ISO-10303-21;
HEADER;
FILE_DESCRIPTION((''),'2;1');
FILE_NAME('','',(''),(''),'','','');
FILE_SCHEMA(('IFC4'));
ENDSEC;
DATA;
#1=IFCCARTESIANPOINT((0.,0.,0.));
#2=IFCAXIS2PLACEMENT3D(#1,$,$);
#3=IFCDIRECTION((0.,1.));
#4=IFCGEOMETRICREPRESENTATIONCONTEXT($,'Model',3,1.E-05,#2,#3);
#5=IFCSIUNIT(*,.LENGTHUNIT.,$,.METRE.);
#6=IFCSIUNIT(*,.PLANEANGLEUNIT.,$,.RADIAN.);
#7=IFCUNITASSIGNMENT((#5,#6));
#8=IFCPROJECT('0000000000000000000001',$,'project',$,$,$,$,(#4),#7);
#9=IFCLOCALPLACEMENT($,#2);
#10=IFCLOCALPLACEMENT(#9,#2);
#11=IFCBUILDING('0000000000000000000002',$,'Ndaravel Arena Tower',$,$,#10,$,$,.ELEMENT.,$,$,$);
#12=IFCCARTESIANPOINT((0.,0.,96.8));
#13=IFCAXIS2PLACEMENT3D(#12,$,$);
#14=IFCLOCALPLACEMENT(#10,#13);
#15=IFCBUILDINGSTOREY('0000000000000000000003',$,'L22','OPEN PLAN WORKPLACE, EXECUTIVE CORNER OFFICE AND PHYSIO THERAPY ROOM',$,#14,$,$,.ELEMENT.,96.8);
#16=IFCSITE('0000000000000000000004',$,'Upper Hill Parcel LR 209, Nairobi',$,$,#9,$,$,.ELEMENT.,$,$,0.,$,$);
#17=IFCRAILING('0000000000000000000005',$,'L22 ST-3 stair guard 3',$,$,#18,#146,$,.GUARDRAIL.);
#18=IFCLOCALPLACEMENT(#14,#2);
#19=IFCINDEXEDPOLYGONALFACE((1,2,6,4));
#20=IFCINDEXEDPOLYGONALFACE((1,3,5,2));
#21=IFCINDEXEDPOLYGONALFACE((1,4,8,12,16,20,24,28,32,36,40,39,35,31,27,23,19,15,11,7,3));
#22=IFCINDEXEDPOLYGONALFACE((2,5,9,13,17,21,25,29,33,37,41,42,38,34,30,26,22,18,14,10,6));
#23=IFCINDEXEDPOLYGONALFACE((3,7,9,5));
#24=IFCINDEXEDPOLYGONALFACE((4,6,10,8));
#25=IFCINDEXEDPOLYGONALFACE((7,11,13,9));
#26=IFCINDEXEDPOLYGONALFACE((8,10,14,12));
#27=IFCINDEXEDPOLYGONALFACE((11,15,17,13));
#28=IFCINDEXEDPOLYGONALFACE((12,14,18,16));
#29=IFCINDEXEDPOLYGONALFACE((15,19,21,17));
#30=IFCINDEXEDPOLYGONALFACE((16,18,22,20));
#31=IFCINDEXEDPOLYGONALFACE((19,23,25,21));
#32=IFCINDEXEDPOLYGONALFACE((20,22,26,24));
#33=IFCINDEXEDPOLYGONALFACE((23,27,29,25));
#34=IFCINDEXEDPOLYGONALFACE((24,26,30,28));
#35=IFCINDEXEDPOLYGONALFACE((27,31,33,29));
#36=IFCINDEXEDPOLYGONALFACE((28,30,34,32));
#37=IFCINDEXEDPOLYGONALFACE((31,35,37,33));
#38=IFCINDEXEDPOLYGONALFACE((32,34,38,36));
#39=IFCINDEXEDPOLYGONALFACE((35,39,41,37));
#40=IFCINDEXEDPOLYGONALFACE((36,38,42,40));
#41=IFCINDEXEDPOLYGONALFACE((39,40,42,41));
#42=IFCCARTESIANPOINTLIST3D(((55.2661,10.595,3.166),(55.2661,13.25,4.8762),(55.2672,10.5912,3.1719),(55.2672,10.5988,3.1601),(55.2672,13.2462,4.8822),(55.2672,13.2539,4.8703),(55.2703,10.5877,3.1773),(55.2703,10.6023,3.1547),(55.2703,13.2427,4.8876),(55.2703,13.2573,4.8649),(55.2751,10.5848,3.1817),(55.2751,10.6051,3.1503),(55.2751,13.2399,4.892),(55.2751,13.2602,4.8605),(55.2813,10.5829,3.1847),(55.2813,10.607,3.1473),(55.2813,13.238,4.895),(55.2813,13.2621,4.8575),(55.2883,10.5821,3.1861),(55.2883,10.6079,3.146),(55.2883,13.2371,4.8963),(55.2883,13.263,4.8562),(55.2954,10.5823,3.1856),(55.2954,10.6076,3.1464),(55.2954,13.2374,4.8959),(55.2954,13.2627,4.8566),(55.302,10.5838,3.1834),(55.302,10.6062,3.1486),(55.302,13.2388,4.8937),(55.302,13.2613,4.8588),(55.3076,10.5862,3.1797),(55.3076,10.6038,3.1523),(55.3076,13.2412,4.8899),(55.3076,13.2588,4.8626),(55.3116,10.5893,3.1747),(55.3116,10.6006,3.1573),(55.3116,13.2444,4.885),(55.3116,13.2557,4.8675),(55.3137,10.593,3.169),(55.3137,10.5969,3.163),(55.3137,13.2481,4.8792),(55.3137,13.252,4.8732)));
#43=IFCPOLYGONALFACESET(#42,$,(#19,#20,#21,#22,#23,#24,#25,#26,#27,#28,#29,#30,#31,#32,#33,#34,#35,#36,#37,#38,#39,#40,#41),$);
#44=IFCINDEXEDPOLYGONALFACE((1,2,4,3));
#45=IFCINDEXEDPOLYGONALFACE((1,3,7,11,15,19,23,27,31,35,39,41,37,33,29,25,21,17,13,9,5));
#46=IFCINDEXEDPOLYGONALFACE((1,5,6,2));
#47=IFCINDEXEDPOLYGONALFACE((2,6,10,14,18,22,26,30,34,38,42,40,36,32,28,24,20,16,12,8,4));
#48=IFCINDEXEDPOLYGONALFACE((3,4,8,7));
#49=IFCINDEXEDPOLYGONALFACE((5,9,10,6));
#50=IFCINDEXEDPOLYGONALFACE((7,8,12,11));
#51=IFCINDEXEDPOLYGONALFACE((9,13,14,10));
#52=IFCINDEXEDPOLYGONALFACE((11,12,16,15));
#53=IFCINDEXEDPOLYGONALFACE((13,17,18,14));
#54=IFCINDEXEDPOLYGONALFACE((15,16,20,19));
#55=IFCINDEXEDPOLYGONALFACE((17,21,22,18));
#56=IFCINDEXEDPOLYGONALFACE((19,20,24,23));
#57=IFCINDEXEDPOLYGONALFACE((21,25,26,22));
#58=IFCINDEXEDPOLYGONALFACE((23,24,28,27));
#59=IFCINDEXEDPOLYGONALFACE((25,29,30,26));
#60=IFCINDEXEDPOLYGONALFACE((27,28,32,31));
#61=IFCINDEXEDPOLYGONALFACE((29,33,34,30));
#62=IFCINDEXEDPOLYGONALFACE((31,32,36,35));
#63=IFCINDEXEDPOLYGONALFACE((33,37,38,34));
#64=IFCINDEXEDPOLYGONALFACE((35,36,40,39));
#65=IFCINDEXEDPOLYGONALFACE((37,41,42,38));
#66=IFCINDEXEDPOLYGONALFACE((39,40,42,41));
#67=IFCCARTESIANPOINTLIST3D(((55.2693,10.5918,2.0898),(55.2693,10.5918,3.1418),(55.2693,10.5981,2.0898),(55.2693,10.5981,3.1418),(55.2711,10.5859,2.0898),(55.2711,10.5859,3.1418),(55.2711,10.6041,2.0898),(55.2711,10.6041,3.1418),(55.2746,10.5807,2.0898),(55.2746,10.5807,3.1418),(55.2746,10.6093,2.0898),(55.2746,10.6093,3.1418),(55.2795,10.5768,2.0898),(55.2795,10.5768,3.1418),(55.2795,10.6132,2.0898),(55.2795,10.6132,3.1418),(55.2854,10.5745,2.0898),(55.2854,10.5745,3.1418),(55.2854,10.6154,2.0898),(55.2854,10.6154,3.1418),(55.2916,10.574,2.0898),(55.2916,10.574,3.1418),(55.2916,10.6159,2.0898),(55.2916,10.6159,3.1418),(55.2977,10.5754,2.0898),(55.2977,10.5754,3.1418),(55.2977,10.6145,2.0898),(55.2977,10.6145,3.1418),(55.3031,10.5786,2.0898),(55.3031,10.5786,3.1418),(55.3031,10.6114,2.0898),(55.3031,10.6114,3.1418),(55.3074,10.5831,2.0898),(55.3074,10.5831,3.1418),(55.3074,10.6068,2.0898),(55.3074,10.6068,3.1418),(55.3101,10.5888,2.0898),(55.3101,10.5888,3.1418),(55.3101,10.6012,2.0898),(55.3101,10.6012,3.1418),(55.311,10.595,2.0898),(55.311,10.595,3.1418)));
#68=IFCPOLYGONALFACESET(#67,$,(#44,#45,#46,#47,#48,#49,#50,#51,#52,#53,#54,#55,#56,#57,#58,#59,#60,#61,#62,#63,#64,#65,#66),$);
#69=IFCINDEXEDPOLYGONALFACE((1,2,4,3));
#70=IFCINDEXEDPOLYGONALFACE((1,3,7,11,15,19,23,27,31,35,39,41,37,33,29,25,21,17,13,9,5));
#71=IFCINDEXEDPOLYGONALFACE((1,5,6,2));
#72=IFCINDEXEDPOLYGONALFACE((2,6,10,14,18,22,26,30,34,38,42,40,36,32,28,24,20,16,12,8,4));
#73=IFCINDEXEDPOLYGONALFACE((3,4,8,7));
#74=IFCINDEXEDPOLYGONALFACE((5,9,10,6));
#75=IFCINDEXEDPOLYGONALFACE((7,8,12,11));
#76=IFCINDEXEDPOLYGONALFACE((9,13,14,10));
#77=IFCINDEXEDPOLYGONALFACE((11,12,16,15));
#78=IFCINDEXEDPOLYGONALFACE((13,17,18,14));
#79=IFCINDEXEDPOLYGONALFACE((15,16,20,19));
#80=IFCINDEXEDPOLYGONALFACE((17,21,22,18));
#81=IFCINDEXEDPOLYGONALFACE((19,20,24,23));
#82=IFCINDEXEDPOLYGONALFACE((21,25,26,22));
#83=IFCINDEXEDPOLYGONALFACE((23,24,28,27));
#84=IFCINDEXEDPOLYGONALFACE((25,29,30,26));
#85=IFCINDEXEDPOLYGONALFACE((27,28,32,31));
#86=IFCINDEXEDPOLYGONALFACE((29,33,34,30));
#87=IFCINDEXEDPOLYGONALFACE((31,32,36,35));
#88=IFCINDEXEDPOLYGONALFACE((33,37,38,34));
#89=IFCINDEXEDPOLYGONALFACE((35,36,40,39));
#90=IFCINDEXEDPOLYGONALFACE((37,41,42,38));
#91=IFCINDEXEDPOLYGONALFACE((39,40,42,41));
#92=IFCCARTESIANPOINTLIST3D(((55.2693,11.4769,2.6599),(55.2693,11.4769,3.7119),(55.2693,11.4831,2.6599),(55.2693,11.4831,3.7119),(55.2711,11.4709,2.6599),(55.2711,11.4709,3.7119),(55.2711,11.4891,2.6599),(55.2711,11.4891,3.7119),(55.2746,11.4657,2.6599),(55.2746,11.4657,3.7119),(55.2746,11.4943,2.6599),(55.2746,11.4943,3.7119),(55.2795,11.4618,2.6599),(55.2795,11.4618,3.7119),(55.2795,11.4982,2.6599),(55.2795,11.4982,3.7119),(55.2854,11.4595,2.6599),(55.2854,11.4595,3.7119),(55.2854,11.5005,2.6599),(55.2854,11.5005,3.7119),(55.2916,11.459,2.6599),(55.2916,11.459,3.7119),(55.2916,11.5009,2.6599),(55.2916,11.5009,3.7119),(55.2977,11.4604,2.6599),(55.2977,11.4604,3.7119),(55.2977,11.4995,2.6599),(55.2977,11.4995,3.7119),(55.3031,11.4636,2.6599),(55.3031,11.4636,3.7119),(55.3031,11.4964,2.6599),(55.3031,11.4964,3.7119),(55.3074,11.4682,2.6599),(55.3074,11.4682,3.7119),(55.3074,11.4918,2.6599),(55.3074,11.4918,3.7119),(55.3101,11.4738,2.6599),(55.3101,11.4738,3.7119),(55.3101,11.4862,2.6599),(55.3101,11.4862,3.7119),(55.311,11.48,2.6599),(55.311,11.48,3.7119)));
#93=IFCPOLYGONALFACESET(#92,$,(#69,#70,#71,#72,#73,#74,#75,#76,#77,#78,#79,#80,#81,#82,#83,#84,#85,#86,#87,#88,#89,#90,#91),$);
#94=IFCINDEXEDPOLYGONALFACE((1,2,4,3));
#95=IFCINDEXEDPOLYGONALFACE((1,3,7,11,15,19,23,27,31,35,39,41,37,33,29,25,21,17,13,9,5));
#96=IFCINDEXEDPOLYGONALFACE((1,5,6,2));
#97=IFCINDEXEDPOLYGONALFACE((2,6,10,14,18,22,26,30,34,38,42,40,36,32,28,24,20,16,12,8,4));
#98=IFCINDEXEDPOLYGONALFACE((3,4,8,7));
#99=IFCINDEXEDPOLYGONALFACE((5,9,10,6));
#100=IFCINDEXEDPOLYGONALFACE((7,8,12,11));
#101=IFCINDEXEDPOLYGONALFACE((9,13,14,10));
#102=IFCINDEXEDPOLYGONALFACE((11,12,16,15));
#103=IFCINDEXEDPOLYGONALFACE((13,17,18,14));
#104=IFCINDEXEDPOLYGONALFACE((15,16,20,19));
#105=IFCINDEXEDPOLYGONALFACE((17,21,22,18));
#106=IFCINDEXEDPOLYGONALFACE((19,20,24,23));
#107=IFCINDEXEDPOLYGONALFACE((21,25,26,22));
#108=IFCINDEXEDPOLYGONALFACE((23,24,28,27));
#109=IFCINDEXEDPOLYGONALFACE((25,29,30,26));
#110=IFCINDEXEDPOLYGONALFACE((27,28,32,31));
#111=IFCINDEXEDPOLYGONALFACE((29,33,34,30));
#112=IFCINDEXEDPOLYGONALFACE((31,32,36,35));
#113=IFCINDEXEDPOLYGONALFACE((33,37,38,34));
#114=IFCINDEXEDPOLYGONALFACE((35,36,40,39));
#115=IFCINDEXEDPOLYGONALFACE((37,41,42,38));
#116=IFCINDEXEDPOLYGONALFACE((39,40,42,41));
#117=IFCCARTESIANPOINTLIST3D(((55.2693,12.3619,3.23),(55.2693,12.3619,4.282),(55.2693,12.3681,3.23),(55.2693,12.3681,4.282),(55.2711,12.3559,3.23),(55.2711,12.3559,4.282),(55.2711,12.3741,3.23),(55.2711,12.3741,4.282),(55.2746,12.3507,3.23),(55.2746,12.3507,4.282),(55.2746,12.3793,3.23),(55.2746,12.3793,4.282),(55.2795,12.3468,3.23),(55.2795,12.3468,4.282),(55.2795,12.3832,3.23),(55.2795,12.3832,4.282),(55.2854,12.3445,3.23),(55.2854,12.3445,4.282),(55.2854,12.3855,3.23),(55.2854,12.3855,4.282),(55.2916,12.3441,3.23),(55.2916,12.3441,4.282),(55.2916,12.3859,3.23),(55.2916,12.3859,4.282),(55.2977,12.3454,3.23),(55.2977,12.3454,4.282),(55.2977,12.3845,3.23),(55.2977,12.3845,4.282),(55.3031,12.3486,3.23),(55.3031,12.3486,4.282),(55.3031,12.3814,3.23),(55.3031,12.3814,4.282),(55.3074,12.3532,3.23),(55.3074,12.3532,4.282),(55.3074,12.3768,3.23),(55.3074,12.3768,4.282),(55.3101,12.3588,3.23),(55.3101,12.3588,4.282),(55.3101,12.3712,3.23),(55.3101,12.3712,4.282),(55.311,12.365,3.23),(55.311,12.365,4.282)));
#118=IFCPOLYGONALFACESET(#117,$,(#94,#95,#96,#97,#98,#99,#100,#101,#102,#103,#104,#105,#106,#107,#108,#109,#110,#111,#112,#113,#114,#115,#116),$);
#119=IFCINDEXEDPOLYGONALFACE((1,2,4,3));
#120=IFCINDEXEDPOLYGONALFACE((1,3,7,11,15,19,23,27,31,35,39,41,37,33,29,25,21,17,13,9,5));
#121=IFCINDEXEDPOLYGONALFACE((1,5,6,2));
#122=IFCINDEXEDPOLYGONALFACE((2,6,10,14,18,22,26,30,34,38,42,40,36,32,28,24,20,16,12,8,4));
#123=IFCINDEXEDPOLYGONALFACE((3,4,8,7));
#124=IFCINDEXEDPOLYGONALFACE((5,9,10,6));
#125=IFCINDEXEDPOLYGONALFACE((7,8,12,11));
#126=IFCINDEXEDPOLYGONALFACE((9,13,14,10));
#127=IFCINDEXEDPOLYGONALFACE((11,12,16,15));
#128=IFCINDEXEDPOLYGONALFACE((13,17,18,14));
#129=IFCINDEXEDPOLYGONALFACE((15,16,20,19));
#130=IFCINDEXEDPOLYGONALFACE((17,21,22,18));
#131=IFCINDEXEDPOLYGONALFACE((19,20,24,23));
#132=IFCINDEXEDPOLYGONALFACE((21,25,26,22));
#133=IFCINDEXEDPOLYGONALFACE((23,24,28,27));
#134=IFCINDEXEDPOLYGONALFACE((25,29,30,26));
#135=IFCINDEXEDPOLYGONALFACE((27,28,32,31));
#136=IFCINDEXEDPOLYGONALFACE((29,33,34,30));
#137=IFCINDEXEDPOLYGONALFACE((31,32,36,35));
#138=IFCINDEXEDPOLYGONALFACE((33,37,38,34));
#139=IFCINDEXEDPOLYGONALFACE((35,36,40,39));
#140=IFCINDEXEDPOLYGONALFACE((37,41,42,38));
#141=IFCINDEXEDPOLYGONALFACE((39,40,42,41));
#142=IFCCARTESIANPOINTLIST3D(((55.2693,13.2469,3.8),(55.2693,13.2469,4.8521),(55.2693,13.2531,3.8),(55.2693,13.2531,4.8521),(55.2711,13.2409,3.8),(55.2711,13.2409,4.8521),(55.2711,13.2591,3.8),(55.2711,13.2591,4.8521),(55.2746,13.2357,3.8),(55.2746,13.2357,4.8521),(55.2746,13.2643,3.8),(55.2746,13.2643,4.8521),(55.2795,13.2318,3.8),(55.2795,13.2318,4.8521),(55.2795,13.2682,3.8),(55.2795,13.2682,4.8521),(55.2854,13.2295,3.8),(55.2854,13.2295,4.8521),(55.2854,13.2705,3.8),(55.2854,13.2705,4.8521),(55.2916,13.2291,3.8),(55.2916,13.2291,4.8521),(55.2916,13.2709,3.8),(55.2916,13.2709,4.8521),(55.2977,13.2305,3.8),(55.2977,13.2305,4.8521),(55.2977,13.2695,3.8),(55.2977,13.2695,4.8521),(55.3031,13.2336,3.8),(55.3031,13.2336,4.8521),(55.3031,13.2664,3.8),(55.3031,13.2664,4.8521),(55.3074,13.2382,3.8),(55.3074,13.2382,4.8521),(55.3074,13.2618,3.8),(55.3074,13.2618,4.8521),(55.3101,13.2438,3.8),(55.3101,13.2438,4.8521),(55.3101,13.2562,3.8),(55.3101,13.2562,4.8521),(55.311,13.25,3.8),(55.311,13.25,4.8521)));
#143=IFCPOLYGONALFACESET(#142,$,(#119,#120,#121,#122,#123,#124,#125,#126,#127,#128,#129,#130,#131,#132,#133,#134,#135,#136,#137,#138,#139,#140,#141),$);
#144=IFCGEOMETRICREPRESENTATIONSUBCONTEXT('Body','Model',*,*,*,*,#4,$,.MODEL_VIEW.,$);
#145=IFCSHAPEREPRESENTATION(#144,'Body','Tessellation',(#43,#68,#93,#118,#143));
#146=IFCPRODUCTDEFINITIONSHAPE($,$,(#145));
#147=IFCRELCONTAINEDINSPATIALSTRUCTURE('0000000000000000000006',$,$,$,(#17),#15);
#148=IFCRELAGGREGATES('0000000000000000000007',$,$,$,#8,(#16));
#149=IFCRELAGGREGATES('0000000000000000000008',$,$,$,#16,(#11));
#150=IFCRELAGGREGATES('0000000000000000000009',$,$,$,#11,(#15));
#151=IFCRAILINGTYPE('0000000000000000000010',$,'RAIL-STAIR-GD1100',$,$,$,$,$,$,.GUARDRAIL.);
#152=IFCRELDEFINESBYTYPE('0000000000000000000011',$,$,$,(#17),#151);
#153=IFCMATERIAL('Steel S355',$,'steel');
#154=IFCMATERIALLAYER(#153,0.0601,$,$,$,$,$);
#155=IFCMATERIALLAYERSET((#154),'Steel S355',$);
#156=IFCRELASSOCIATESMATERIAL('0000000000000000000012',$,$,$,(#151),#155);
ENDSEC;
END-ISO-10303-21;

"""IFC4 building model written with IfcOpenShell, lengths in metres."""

from ifc_helpers import new_model, si_unit, direction, frame, origin, origin_2d, place, context, subcontext, project, spatial, circle, extrude, material, layer, layer_set, type_object, element, save


model = new_model("IFC4")

# Units and contexts
model_context = context("Model", 3, precision=1e-05, world=origin(), true_north=direction((0.0, 1.0)))
body_context = subcontext(model_context, "Body", "Model", "MODEL_VIEW")
ifc_project = project(units=[si_unit("LENGTHUNIT", "METRE"), si_unit("PLANEANGLEUNIT", "RADIAN")], contexts=[model_context])

# Site, building, storey
site_placement = place(None, origin())
site = spatial("IfcSite", under=ifc_project, at=site_placement, Name="Upper Hill Parcel LR 209, Nairobi", CompositionType="ELEMENT", RefElevation=0.0)
building_placement = place(site_placement, origin())
building = spatial("IfcBuilding", under=site, at=building_placement, Name="Ndaravel Arena Tower", CompositionType="ELEMENT")
storey_placement = place(building_placement, frame((0.0, 0.0, 96.8)))
storey = spatial("IfcBuildingStorey", under=building, at=storey_placement, Name="L22", Description="OPEN PLAN WORKPLACE, EXECUTIVE CORNER OFFICE AND PHYSIO THERAPY ROOM", CompositionType="ELEMENT", Elevation=96.8)

# Railing
ifc_material_1 = material(Name="Steel S355", Category="steel")
ifc_layer_1 = layer(ifc_material_1, 0.0601)
ifc_layer_set_1 = layer_set([ifc_layer_1], Name="Steel S355")
railing_type_1 = type_object("IfcRailingType", Name="RAIL-STAIR-GD1100", PredefinedType="GUARDRAIL", material=ifc_layer_set_1)
railing_1_placement = place(storey_placement, frame((55.29, 10.595, 2.0898)))
element("IfcRailing", 1, at=railing_1_placement, inside=storey, type_object=railing_type_1, Name="L22 ST-3 stair guard 3", PredefinedType="GUARDRAIL", context=body_context, shape_type="SweptSolid", body=[
    extrude(circle(Radius=0.0239, at=origin_2d()), frame((0.0, 0.0, 1.0762), z_axis=(0.0, 0.840688, 0.541519), x_axis=(-1.0, 0.0, 0.0)), (0.0, 0.0, 1.0), 3.1582),
    extrude(circle(Radius=0.021, at=origin_2d()), origin(), (0.0, 0.0, 1.0), 1.052),
    extrude(circle(Radius=0.021, at=origin_2d()), frame((0.0, 0.885, 0.5701)), (0.0, 0.0, 1.0), 1.052),
    extrude(circle(Radius=0.021, at=origin_2d()), frame((0.0, 1.77, 1.1401)), (0.0, 0.0, 1.0), 1.052),
    extrude(circle(Radius=0.021, at=origin_2d()), frame((0.0, 2.655, 1.7102)), (0.0, 0.0, 1.0), 1.052),
])

save(model, "model.ifc")
